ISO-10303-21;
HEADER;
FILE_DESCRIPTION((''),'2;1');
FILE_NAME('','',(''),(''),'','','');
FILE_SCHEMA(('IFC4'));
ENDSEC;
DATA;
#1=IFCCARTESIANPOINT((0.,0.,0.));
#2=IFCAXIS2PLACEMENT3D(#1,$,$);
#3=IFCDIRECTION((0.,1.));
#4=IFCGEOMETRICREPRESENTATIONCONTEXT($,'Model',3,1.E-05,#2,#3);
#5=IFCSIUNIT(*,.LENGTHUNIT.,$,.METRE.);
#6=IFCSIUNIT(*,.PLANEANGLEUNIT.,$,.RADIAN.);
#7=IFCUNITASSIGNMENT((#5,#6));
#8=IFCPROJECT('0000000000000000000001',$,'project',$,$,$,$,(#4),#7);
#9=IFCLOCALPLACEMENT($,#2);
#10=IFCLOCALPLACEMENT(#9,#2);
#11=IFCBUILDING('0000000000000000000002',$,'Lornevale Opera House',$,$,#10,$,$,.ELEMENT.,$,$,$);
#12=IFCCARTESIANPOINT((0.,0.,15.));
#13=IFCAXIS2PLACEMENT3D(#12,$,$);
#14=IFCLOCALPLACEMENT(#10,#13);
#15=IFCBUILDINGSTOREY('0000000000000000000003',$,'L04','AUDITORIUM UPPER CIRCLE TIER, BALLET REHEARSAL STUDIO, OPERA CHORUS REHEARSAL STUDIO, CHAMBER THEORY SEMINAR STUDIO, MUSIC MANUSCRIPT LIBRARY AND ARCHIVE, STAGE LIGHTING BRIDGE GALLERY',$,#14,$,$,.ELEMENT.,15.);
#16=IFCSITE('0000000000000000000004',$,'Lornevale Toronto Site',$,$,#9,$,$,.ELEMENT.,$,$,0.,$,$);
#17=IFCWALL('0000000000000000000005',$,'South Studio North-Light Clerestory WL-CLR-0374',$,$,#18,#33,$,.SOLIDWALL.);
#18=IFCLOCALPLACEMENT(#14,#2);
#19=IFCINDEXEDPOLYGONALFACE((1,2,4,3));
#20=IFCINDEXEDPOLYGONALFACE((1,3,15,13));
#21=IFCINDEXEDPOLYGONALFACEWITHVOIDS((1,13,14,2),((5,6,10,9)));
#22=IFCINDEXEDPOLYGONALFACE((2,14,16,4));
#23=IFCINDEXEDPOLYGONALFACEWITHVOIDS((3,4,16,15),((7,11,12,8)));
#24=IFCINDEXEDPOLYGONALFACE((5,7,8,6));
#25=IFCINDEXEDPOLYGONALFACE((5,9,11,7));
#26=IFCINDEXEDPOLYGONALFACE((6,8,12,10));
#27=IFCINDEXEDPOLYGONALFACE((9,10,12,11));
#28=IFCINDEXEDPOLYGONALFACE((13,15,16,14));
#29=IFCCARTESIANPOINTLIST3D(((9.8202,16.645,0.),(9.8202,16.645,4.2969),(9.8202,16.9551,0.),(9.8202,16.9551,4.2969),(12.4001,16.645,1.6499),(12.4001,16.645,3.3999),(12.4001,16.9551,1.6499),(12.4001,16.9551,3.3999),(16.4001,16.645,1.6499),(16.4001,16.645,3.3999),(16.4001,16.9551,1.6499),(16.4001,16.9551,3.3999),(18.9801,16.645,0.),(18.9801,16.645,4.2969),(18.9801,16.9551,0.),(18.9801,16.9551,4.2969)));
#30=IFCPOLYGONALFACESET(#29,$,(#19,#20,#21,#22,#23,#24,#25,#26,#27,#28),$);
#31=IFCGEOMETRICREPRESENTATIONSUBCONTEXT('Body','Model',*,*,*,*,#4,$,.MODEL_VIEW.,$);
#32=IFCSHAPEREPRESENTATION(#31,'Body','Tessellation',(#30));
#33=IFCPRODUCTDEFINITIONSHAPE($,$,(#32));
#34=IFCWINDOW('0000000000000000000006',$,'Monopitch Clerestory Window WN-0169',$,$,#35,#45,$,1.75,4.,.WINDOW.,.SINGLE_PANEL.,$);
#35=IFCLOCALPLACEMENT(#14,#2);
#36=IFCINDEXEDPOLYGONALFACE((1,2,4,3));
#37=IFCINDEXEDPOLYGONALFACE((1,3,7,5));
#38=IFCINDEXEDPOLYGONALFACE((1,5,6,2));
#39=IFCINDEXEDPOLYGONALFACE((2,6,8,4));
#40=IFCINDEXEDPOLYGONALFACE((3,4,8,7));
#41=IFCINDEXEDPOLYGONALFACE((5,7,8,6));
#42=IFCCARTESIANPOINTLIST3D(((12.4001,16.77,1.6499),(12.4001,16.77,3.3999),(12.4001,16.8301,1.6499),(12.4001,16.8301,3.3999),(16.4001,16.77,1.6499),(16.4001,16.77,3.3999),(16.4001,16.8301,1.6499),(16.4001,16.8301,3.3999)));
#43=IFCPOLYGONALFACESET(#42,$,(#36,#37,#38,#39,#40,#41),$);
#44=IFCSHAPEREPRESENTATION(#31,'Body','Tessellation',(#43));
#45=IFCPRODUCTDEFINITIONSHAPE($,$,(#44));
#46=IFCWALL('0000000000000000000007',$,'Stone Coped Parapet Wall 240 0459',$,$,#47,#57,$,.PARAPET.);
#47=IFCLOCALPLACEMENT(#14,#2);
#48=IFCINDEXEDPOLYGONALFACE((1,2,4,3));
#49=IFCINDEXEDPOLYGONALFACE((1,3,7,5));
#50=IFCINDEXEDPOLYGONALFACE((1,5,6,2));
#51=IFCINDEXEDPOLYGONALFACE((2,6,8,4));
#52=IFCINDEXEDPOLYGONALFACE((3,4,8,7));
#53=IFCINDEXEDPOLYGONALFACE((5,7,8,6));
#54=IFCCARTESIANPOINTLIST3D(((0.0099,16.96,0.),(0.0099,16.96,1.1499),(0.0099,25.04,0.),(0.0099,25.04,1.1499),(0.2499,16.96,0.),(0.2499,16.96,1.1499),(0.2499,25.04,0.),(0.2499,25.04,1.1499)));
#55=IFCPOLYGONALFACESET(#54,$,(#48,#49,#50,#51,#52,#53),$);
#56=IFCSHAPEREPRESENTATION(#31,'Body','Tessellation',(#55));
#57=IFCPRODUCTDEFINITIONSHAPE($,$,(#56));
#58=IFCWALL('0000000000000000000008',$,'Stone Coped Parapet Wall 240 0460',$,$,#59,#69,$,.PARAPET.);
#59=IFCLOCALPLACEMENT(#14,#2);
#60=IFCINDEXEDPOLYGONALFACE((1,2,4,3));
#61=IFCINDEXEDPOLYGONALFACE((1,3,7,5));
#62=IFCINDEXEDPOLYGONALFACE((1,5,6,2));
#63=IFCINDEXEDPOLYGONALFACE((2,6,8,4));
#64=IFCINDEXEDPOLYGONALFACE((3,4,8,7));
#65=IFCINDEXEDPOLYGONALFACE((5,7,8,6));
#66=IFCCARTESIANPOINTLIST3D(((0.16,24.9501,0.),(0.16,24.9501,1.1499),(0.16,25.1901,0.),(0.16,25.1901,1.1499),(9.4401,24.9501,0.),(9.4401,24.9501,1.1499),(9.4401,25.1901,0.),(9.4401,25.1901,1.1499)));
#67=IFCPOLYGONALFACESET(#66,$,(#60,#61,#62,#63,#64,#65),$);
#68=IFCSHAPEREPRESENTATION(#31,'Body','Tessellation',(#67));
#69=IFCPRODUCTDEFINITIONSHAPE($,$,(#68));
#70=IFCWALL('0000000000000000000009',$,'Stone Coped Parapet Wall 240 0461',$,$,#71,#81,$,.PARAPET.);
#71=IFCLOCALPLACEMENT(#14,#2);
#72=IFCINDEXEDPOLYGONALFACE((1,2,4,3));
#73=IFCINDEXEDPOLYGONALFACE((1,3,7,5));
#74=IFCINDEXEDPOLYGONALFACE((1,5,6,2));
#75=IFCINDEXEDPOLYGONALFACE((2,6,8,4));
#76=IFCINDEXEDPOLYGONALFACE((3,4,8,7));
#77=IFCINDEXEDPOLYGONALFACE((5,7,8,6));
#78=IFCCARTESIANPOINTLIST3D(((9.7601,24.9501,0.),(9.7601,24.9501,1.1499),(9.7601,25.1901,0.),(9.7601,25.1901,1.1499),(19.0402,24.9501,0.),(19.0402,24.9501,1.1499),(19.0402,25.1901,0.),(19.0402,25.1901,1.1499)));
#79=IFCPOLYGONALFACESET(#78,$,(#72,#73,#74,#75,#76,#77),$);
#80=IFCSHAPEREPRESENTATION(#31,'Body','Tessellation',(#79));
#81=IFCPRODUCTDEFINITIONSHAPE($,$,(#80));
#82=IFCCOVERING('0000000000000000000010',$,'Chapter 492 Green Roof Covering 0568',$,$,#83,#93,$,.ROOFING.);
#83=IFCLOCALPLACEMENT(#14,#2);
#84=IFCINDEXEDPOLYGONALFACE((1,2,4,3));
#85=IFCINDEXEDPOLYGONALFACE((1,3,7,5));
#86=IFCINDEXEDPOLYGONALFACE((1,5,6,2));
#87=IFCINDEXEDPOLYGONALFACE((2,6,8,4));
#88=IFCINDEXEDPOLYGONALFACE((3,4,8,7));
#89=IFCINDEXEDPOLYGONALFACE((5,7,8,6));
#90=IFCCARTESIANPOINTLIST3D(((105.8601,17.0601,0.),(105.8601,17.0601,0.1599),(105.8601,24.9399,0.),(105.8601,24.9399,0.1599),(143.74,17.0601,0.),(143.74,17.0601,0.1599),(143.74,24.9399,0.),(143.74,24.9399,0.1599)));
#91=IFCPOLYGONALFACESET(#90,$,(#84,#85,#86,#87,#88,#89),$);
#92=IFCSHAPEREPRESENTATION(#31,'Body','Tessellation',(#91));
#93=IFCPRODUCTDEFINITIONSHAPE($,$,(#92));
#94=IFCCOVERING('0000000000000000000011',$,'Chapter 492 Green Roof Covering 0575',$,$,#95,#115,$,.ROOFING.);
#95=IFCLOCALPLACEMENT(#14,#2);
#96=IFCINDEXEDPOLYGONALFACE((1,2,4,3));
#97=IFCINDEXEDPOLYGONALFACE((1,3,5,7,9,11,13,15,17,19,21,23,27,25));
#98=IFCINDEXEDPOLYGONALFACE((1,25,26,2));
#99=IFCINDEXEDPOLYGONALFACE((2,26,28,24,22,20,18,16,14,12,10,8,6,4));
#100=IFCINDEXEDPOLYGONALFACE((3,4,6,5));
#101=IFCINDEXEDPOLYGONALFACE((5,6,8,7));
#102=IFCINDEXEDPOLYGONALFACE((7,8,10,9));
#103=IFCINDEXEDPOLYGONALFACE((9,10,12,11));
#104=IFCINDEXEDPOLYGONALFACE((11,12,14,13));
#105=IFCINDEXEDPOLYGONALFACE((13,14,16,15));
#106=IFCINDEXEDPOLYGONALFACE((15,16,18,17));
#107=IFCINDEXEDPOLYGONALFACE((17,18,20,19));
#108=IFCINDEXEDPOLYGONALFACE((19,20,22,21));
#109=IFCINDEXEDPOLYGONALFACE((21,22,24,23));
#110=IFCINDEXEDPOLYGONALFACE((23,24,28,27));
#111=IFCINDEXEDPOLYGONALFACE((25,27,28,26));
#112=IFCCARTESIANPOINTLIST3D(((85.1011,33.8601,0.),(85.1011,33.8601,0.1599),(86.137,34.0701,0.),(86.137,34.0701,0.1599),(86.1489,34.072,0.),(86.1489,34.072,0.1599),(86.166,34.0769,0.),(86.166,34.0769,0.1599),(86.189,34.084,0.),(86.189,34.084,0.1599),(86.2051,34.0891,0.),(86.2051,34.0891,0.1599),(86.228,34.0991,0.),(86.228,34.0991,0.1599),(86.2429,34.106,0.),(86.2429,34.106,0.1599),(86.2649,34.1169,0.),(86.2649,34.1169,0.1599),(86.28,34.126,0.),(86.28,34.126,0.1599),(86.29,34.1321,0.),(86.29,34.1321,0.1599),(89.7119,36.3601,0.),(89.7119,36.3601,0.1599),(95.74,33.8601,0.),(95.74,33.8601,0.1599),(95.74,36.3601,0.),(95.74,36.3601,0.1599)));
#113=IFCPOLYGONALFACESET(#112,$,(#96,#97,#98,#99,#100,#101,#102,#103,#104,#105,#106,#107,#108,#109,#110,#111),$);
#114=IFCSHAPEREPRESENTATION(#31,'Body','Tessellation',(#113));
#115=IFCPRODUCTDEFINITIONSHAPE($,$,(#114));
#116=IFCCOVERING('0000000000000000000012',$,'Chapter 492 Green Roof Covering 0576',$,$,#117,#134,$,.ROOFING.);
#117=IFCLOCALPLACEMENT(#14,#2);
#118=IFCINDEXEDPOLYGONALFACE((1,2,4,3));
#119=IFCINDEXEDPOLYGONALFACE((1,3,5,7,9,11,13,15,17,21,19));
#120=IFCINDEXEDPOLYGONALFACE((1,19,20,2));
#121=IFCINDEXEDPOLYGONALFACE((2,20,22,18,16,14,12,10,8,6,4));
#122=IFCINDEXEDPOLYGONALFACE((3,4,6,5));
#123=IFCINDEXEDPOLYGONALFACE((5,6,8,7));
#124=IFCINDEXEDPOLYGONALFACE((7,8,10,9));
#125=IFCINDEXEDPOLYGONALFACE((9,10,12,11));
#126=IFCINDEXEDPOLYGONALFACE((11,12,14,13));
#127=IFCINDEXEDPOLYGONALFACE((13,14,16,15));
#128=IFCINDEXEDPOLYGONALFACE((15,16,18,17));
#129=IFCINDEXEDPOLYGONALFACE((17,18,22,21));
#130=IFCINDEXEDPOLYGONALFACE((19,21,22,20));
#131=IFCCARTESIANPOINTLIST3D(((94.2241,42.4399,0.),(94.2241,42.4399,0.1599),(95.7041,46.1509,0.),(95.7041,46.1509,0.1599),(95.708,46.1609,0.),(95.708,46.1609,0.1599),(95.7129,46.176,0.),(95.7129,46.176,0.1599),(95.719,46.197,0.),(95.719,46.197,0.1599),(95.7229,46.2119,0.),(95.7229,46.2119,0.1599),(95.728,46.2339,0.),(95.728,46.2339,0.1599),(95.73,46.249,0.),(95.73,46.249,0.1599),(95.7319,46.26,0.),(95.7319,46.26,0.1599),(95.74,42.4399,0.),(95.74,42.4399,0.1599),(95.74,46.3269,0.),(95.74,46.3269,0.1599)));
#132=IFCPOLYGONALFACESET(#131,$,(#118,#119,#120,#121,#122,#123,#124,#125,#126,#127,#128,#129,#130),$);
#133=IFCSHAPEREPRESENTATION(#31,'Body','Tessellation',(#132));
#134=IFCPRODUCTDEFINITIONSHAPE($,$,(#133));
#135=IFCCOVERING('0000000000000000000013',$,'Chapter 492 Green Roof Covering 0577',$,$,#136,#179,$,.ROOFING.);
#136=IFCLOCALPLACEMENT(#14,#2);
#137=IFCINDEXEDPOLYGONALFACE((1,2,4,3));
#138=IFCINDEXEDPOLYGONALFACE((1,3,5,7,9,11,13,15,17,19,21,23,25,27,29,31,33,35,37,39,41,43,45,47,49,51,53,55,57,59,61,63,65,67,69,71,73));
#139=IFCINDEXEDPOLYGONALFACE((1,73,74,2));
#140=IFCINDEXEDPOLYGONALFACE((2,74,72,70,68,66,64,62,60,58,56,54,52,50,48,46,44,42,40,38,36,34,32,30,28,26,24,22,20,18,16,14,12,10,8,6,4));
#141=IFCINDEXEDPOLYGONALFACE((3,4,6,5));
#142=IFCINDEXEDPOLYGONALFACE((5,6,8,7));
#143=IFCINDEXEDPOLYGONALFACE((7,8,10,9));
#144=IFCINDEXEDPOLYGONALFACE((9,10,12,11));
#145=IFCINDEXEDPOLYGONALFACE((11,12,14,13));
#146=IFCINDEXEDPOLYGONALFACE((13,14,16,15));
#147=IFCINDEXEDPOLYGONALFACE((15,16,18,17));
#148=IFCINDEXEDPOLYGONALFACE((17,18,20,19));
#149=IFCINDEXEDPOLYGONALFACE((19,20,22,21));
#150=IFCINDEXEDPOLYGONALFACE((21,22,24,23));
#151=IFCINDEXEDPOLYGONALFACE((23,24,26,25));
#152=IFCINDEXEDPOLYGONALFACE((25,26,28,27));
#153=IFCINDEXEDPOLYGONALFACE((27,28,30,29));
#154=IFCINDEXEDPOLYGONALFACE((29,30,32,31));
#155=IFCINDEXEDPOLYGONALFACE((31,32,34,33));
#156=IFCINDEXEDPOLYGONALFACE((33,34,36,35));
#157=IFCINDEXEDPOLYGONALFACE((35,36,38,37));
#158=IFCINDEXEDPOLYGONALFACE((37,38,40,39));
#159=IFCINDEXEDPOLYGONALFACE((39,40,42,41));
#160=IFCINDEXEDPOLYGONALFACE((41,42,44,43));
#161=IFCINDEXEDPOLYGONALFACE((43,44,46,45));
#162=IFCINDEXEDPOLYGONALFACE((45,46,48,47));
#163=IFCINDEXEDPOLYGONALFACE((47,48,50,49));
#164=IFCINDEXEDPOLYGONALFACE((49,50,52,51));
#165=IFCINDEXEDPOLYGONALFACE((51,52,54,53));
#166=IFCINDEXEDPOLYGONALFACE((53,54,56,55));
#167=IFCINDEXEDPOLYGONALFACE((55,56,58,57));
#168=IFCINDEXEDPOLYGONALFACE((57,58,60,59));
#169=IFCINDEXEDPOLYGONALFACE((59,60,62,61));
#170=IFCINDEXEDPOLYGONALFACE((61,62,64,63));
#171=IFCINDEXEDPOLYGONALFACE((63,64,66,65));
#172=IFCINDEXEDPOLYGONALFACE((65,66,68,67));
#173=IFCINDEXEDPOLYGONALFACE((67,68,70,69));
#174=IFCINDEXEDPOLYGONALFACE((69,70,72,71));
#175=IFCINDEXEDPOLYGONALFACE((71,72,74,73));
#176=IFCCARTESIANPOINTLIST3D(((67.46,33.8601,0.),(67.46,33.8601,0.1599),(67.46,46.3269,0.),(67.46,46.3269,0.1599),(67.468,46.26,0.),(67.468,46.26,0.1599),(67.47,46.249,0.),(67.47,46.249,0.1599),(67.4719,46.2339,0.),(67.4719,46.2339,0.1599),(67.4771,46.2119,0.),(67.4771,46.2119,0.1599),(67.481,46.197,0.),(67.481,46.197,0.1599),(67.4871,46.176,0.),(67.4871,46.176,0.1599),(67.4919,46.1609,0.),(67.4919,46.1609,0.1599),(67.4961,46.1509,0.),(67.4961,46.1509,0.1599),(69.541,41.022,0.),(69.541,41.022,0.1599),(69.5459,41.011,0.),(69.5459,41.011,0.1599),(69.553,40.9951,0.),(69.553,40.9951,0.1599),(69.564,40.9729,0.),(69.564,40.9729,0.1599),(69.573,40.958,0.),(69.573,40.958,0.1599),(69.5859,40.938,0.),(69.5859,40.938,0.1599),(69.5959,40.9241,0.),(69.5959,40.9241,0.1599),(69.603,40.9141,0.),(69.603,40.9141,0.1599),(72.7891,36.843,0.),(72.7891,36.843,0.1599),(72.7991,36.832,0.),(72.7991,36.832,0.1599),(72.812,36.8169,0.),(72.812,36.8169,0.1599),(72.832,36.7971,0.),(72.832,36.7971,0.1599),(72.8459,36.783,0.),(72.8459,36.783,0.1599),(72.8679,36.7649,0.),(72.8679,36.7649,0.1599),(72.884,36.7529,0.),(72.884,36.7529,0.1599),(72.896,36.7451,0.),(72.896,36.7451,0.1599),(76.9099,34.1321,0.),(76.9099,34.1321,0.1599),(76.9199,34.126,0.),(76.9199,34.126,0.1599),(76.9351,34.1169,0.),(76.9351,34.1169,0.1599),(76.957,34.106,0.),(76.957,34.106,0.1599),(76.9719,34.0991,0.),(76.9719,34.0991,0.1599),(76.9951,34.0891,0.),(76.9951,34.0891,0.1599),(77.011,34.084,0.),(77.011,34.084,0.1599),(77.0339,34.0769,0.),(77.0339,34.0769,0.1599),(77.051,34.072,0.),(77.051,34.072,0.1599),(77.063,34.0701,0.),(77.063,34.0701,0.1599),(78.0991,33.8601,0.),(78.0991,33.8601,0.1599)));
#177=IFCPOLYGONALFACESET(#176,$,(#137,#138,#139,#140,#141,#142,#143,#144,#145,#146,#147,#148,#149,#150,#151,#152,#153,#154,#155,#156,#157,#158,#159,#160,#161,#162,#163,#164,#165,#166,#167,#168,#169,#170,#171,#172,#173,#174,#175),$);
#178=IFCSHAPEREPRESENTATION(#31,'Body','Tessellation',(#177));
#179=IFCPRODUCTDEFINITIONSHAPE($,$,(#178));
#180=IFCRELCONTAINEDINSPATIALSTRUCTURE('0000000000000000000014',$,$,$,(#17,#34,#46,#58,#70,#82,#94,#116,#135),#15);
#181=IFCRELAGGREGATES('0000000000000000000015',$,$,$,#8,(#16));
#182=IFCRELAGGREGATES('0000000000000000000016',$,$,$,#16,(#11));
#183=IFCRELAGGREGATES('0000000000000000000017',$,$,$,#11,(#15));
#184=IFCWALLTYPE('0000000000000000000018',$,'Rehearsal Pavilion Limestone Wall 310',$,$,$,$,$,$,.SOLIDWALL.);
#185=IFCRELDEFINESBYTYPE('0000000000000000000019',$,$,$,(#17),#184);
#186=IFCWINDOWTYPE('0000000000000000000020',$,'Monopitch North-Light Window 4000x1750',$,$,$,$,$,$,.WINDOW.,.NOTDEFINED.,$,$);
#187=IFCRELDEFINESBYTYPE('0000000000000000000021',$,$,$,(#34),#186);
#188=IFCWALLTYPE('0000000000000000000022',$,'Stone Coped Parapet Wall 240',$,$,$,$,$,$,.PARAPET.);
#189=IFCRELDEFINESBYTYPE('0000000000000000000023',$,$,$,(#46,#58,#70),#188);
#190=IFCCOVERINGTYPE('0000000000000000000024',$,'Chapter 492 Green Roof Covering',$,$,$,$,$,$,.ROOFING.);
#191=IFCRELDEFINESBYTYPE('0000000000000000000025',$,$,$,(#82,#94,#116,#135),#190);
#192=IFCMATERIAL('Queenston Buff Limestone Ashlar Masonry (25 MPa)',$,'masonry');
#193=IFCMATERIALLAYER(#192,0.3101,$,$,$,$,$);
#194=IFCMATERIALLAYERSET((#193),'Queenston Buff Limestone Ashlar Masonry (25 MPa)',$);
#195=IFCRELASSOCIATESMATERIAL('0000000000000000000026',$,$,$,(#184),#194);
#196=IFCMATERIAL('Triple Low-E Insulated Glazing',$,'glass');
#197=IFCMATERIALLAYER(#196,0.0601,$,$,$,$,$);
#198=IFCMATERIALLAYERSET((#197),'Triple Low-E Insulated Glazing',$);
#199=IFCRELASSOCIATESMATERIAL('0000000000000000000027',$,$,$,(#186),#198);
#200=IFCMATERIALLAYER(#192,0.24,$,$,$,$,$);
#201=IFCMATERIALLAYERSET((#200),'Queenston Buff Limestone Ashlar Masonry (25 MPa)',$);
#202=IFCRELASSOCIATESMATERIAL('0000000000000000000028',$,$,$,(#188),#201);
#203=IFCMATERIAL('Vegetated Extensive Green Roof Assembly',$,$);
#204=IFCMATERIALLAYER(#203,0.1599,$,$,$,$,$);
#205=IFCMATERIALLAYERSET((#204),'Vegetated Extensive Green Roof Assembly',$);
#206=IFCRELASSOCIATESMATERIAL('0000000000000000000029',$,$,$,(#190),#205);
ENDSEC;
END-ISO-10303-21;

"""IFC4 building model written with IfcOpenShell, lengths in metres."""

from ifc_helpers import new_model, si_unit, direction, frame, frame_2d, origin, place, context, subcontext, project, spatial, polyline, rectangle, outline, extrude, material, layer, layer_set, type_object, element, fill, save


model = new_model("IFC4")

# Units and contexts
model_context = context("Model", 3, precision=1e-05, world=origin(), true_north=direction((0.0, 1.0)))
body_context = subcontext(model_context, "Body", "Model", "MODEL_VIEW")
ifc_project = project(units=[si_unit("LENGTHUNIT", "METRE"), si_unit("PLANEANGLEUNIT", "RADIAN")], contexts=[model_context])

# Site, building, storey
site_placement = place(None, origin())
site = spatial("IfcSite", under=ifc_project, at=site_placement, Name="Lornevale Toronto Site", CompositionType="ELEMENT", RefElevation=0.0)
building_placement = place(site_placement, origin())
building = spatial("IfcBuilding", under=site, at=building_placement, Name="Lornevale Opera House", CompositionType="ELEMENT")
storey_placement = place(building_placement, frame((0.0, 0.0, 15.0)))
storey = spatial("IfcBuildingStorey", under=building, at=storey_placement, Name="L04", Description="AUDITORIUM UPPER CIRCLE TIER, BALLET REHEARSAL STUDIO, OPERA CHORUS REHEARSAL STUDIO, CHAMBER THEORY SEMINAR STUDIO, MUSIC MANUSCRIPT LIBRARY AND ARCHIVE, STAGE LIGHTING BRIDGE GALLERY", CompositionType="ELEMENT", Elevation=15.0)

# Wall, opening, window
ifc_material_1 = material(Name="Queenston Buff Limestone Ashlar Masonry (25 MPa)", Category="masonry")
ifc_layer_1 = layer(ifc_material_1, 0.3101)
ifc_layer_set_1 = layer_set([ifc_layer_1], Name="Queenston Buff Limestone Ashlar Masonry (25 MPa)")
wall_type_1 = type_object("IfcWallType", Name="Rehearsal Pavilion Limestone Wall 310", PredefinedType="SOLIDWALL", material=ifc_layer_set_1)
ifc_material_2 = material(Name="Triple Low-E Insulated Glazing", Category="glass")
ifc_layer_2 = layer(ifc_material_2, 0.0601)
ifc_layer_set_2 = layer_set([ifc_layer_2], Name="Triple Low-E Insulated Glazing")
window_type = type_object("IfcWindowType", Name="Monopitch North-Light Window 4000x1750", PartitioningType="NOTDEFINED", PredefinedType="WINDOW", material=ifc_layer_set_2)
wall_1_placement = place(storey_placement, frame((9.8201, 16.8, 0.0), z_axis=(0.0, 0.0, 1.0), x_axis=(1.0, 0.0, 0.0)))
wall_1 = element("IfcWall", 1, at=wall_1_placement, inside=storey, type_object=wall_type_1, Name="South Studio North-Light Clerestory WL-CLR-0374", PredefinedType="SOLIDWALL", context=body_context, shape_type="SweptSolid", body=[
    extrude(rectangle(XDim=9.1599, YDim=0.3101, at=frame_2d((4.5801, 0.0))), origin(), (0.0, 0.0, 1.0), 4.2969),
])
opening_1_placement = place(wall_1_placement, frame((2.5801, 0.0, 1.6499)))
opening_1 = element("IfcOpeningElement", 2, at=opening_1_placement, cuts=wall_1, PredefinedType="OPENING", context=body_context, shape_type="SweptSolid", body=[
    extrude(rectangle(XDim=4.0, YDim=1.75, at=frame_2d((2.0, 0.875))), frame((0.0, 0.165, 0.0), z_axis=(0.0, -1.0, 0.0), x_axis=(1.0, 0.0, 0.0)), (0.0, 0.0, 1.0), 0.3301),
])
window_1_placement = place(opening_1_placement, origin())
window_1 = element("IfcWindow", 3, at=window_1_placement, inside=storey, type_object=window_type, Name="Monopitch Clerestory Window WN-0169", OverallHeight=1.75, OverallWidth=4.0, PartitioningType="SINGLE_PANEL", PredefinedType="WINDOW", context=body_context, shape_type="SweptSolid", body=[
    extrude(rectangle(XDim=4.0, YDim=1.75, at=frame_2d((2.0, 0.875))), frame((0.0, 0.03, 0.0), z_axis=(0.0, -1.0, 0.0), x_axis=(1.0, 0.0, 0.0)), (0.0, 0.0, 1.0), 0.0601),
])
fill(opening_1, window_1)

# Walls
ifc_layer_3 = layer(ifc_material_1, 0.24)
ifc_layer_set_3 = layer_set([ifc_layer_3], Name="Queenston Buff Limestone Ashlar Masonry (25 MPa)")
wall_type_2 = type_object("IfcWallType", Name="Stone Coped Parapet Wall 240", PredefinedType="PARAPET", material=ifc_layer_set_3)
wall_2_placement = place(storey_placement, frame((0.1299, 16.96, 0.0), z_axis=(0.0, 0.0, 1.0), x_axis=(0.0, 1.0, 0.0)))
element("IfcWall", 4, at=wall_2_placement, inside=storey, type_object=wall_type_2, Name="Stone Coped Parapet Wall 240 0459", PredefinedType="PARAPET", context=body_context, shape_type="SweptSolid", body=[
    extrude(rectangle(XDim=8.0801, YDim=0.24, at=frame_2d((4.04, 0.0))), origin(), (0.0, 0.0, 1.0), 1.1499),
])
for number, where, z_axis, x_axis, name in (
    (5, (0.1599, 25.0701, 0.0), (0.0, 0.0, 1.0), (1.0, 0.0, 0.0), "Stone Coped Parapet Wall 240 0460"),
    (6, (9.76, 25.0701, 0.0), (0.0, 0.0, 1.0), (1.0, 0.0, 0.0), "Stone Coped Parapet Wall 240 0461"),
):
    element("IfcWall", number, at=place(storey_placement, frame(where, z_axis=z_axis, x_axis=x_axis)), inside=storey, type_object=wall_type_2, Name=name, PredefinedType="PARAPET", context=body_context, shape_type="SweptSolid", body=[
        extrude(rectangle(XDim=9.28, YDim=0.24, at=frame_2d((4.6401, 0.0))), origin(), (0.0, 0.0, 1.0), 1.1499),
    ])

# Coverings
ifc_material_3 = material(Name="Vegetated Extensive Green Roof Assembly")
ifc_layer_4 = layer(ifc_material_3, 0.1599)
ifc_layer_set_4 = layer_set([ifc_layer_4], Name="Vegetated Extensive Green Roof Assembly")
covering_type = type_object("IfcCoveringType", Name="Chapter 492 Green Roof Covering", PredefinedType="ROOFING", material=ifc_layer_set_4)
covering_1_placement = place(storey_placement, origin())
element("IfcCovering", 7, at=covering_1_placement, inside=storey, type_object=covering_type, Name="Chapter 492 Green Roof Covering 0568", PredefinedType="ROOFING", context=body_context, shape_type="SweptSolid", body=[
    extrude(outline(polyline([(105.8601, 17.0601), (105.8601, 24.9399), (143.74, 24.9399), (143.74, 17.0601), (105.8601, 17.0601)])), origin(), (0.0, 0.0, 1.0), 0.1599),
])
covering_2_placement = place(storey_placement, origin())
element("IfcCovering", 8, at=covering_2_placement, inside=storey, type_object=covering_type, Name="Chapter 492 Green Roof Covering 0575", PredefinedType="ROOFING", context=body_context, shape_type="SweptSolid", body=[
    extrude(outline(polyline([(95.74, 33.8601), (85.1011, 33.8601), (86.137, 34.0701), (86.1489, 34.072), (86.166, 34.0769), (86.189, 34.084), (86.2051, 34.0891), (86.228, 34.0991), (86.2429, 34.106), (86.2649, 34.1169), (86.28, 34.126), (86.29, 34.1321), (89.7119, 36.3601), (95.74, 36.3601), (95.74, 33.8601)])), origin(), (0.0, 0.0, 1.0), 0.1599),
])
covering_3_placement = place(storey_placement, origin())
element("IfcCovering", 9, at=covering_3_placement, inside=storey, type_object=covering_type, Name="Chapter 492 Green Roof Covering 0576", PredefinedType="ROOFING", context=body_context, shape_type="SweptSolid", body=[
    extrude(outline(polyline([(95.74, 42.4399), (94.2241, 42.4399), (95.7041, 46.1509), (95.708, 46.1609), (95.7129, 46.176), (95.719, 46.197), (95.7229, 46.2119), (95.728, 46.2339), (95.73, 46.249), (95.7319, 46.26), (95.74, 46.3269), (95.74, 42.4399)])), origin(), (0.0, 0.0, 1.0), 0.1599),
])
covering_4_placement = place(storey_placement, origin())
element("IfcCovering", 10, at=covering_4_placement, inside=storey, type_object=covering_type, Name="Chapter 492 Green Roof Covering 0577", PredefinedType="ROOFING", context=body_context, shape_type="SweptSolid", body=[
    extrude(outline(polyline([(67.46, 33.8601), (67.46, 46.3269), (67.468, 46.26), (67.47, 46.249), (67.4719, 46.2339), (67.4771, 46.2119), (67.481, 46.197), (67.4871, 46.176), (67.4919, 46.1609), (67.4961, 46.1509), (69.541, 41.022), (69.5459, 41.011), (69.553, 40.9951), (69.564, 40.9729), (69.573, 40.958), (69.5859, 40.938), (69.5959, 40.9241), (69.603, 40.9141), (72.7891, 36.843), (72.7991, 36.832), (72.812, 36.8169), (72.832, 36.7971), (72.8459, 36.783), (72.8679, 36.7649), (72.884, 36.7529), (72.896, 36.7451), (76.9099, 34.1321), (76.9199, 34.126), (76.9351, 34.1169), (76.957, 34.106), (76.9719, 34.0991), (76.9951, 34.0891), (77.011, 34.084), (77.0339, 34.0769), (77.051, 34.072), (77.063, 34.0701), (78.0991, 33.8601), (67.46, 33.8601)])), origin(), (0.0, 0.0, 1.0), 0.1599),
])

save(model, "model.ifc")
